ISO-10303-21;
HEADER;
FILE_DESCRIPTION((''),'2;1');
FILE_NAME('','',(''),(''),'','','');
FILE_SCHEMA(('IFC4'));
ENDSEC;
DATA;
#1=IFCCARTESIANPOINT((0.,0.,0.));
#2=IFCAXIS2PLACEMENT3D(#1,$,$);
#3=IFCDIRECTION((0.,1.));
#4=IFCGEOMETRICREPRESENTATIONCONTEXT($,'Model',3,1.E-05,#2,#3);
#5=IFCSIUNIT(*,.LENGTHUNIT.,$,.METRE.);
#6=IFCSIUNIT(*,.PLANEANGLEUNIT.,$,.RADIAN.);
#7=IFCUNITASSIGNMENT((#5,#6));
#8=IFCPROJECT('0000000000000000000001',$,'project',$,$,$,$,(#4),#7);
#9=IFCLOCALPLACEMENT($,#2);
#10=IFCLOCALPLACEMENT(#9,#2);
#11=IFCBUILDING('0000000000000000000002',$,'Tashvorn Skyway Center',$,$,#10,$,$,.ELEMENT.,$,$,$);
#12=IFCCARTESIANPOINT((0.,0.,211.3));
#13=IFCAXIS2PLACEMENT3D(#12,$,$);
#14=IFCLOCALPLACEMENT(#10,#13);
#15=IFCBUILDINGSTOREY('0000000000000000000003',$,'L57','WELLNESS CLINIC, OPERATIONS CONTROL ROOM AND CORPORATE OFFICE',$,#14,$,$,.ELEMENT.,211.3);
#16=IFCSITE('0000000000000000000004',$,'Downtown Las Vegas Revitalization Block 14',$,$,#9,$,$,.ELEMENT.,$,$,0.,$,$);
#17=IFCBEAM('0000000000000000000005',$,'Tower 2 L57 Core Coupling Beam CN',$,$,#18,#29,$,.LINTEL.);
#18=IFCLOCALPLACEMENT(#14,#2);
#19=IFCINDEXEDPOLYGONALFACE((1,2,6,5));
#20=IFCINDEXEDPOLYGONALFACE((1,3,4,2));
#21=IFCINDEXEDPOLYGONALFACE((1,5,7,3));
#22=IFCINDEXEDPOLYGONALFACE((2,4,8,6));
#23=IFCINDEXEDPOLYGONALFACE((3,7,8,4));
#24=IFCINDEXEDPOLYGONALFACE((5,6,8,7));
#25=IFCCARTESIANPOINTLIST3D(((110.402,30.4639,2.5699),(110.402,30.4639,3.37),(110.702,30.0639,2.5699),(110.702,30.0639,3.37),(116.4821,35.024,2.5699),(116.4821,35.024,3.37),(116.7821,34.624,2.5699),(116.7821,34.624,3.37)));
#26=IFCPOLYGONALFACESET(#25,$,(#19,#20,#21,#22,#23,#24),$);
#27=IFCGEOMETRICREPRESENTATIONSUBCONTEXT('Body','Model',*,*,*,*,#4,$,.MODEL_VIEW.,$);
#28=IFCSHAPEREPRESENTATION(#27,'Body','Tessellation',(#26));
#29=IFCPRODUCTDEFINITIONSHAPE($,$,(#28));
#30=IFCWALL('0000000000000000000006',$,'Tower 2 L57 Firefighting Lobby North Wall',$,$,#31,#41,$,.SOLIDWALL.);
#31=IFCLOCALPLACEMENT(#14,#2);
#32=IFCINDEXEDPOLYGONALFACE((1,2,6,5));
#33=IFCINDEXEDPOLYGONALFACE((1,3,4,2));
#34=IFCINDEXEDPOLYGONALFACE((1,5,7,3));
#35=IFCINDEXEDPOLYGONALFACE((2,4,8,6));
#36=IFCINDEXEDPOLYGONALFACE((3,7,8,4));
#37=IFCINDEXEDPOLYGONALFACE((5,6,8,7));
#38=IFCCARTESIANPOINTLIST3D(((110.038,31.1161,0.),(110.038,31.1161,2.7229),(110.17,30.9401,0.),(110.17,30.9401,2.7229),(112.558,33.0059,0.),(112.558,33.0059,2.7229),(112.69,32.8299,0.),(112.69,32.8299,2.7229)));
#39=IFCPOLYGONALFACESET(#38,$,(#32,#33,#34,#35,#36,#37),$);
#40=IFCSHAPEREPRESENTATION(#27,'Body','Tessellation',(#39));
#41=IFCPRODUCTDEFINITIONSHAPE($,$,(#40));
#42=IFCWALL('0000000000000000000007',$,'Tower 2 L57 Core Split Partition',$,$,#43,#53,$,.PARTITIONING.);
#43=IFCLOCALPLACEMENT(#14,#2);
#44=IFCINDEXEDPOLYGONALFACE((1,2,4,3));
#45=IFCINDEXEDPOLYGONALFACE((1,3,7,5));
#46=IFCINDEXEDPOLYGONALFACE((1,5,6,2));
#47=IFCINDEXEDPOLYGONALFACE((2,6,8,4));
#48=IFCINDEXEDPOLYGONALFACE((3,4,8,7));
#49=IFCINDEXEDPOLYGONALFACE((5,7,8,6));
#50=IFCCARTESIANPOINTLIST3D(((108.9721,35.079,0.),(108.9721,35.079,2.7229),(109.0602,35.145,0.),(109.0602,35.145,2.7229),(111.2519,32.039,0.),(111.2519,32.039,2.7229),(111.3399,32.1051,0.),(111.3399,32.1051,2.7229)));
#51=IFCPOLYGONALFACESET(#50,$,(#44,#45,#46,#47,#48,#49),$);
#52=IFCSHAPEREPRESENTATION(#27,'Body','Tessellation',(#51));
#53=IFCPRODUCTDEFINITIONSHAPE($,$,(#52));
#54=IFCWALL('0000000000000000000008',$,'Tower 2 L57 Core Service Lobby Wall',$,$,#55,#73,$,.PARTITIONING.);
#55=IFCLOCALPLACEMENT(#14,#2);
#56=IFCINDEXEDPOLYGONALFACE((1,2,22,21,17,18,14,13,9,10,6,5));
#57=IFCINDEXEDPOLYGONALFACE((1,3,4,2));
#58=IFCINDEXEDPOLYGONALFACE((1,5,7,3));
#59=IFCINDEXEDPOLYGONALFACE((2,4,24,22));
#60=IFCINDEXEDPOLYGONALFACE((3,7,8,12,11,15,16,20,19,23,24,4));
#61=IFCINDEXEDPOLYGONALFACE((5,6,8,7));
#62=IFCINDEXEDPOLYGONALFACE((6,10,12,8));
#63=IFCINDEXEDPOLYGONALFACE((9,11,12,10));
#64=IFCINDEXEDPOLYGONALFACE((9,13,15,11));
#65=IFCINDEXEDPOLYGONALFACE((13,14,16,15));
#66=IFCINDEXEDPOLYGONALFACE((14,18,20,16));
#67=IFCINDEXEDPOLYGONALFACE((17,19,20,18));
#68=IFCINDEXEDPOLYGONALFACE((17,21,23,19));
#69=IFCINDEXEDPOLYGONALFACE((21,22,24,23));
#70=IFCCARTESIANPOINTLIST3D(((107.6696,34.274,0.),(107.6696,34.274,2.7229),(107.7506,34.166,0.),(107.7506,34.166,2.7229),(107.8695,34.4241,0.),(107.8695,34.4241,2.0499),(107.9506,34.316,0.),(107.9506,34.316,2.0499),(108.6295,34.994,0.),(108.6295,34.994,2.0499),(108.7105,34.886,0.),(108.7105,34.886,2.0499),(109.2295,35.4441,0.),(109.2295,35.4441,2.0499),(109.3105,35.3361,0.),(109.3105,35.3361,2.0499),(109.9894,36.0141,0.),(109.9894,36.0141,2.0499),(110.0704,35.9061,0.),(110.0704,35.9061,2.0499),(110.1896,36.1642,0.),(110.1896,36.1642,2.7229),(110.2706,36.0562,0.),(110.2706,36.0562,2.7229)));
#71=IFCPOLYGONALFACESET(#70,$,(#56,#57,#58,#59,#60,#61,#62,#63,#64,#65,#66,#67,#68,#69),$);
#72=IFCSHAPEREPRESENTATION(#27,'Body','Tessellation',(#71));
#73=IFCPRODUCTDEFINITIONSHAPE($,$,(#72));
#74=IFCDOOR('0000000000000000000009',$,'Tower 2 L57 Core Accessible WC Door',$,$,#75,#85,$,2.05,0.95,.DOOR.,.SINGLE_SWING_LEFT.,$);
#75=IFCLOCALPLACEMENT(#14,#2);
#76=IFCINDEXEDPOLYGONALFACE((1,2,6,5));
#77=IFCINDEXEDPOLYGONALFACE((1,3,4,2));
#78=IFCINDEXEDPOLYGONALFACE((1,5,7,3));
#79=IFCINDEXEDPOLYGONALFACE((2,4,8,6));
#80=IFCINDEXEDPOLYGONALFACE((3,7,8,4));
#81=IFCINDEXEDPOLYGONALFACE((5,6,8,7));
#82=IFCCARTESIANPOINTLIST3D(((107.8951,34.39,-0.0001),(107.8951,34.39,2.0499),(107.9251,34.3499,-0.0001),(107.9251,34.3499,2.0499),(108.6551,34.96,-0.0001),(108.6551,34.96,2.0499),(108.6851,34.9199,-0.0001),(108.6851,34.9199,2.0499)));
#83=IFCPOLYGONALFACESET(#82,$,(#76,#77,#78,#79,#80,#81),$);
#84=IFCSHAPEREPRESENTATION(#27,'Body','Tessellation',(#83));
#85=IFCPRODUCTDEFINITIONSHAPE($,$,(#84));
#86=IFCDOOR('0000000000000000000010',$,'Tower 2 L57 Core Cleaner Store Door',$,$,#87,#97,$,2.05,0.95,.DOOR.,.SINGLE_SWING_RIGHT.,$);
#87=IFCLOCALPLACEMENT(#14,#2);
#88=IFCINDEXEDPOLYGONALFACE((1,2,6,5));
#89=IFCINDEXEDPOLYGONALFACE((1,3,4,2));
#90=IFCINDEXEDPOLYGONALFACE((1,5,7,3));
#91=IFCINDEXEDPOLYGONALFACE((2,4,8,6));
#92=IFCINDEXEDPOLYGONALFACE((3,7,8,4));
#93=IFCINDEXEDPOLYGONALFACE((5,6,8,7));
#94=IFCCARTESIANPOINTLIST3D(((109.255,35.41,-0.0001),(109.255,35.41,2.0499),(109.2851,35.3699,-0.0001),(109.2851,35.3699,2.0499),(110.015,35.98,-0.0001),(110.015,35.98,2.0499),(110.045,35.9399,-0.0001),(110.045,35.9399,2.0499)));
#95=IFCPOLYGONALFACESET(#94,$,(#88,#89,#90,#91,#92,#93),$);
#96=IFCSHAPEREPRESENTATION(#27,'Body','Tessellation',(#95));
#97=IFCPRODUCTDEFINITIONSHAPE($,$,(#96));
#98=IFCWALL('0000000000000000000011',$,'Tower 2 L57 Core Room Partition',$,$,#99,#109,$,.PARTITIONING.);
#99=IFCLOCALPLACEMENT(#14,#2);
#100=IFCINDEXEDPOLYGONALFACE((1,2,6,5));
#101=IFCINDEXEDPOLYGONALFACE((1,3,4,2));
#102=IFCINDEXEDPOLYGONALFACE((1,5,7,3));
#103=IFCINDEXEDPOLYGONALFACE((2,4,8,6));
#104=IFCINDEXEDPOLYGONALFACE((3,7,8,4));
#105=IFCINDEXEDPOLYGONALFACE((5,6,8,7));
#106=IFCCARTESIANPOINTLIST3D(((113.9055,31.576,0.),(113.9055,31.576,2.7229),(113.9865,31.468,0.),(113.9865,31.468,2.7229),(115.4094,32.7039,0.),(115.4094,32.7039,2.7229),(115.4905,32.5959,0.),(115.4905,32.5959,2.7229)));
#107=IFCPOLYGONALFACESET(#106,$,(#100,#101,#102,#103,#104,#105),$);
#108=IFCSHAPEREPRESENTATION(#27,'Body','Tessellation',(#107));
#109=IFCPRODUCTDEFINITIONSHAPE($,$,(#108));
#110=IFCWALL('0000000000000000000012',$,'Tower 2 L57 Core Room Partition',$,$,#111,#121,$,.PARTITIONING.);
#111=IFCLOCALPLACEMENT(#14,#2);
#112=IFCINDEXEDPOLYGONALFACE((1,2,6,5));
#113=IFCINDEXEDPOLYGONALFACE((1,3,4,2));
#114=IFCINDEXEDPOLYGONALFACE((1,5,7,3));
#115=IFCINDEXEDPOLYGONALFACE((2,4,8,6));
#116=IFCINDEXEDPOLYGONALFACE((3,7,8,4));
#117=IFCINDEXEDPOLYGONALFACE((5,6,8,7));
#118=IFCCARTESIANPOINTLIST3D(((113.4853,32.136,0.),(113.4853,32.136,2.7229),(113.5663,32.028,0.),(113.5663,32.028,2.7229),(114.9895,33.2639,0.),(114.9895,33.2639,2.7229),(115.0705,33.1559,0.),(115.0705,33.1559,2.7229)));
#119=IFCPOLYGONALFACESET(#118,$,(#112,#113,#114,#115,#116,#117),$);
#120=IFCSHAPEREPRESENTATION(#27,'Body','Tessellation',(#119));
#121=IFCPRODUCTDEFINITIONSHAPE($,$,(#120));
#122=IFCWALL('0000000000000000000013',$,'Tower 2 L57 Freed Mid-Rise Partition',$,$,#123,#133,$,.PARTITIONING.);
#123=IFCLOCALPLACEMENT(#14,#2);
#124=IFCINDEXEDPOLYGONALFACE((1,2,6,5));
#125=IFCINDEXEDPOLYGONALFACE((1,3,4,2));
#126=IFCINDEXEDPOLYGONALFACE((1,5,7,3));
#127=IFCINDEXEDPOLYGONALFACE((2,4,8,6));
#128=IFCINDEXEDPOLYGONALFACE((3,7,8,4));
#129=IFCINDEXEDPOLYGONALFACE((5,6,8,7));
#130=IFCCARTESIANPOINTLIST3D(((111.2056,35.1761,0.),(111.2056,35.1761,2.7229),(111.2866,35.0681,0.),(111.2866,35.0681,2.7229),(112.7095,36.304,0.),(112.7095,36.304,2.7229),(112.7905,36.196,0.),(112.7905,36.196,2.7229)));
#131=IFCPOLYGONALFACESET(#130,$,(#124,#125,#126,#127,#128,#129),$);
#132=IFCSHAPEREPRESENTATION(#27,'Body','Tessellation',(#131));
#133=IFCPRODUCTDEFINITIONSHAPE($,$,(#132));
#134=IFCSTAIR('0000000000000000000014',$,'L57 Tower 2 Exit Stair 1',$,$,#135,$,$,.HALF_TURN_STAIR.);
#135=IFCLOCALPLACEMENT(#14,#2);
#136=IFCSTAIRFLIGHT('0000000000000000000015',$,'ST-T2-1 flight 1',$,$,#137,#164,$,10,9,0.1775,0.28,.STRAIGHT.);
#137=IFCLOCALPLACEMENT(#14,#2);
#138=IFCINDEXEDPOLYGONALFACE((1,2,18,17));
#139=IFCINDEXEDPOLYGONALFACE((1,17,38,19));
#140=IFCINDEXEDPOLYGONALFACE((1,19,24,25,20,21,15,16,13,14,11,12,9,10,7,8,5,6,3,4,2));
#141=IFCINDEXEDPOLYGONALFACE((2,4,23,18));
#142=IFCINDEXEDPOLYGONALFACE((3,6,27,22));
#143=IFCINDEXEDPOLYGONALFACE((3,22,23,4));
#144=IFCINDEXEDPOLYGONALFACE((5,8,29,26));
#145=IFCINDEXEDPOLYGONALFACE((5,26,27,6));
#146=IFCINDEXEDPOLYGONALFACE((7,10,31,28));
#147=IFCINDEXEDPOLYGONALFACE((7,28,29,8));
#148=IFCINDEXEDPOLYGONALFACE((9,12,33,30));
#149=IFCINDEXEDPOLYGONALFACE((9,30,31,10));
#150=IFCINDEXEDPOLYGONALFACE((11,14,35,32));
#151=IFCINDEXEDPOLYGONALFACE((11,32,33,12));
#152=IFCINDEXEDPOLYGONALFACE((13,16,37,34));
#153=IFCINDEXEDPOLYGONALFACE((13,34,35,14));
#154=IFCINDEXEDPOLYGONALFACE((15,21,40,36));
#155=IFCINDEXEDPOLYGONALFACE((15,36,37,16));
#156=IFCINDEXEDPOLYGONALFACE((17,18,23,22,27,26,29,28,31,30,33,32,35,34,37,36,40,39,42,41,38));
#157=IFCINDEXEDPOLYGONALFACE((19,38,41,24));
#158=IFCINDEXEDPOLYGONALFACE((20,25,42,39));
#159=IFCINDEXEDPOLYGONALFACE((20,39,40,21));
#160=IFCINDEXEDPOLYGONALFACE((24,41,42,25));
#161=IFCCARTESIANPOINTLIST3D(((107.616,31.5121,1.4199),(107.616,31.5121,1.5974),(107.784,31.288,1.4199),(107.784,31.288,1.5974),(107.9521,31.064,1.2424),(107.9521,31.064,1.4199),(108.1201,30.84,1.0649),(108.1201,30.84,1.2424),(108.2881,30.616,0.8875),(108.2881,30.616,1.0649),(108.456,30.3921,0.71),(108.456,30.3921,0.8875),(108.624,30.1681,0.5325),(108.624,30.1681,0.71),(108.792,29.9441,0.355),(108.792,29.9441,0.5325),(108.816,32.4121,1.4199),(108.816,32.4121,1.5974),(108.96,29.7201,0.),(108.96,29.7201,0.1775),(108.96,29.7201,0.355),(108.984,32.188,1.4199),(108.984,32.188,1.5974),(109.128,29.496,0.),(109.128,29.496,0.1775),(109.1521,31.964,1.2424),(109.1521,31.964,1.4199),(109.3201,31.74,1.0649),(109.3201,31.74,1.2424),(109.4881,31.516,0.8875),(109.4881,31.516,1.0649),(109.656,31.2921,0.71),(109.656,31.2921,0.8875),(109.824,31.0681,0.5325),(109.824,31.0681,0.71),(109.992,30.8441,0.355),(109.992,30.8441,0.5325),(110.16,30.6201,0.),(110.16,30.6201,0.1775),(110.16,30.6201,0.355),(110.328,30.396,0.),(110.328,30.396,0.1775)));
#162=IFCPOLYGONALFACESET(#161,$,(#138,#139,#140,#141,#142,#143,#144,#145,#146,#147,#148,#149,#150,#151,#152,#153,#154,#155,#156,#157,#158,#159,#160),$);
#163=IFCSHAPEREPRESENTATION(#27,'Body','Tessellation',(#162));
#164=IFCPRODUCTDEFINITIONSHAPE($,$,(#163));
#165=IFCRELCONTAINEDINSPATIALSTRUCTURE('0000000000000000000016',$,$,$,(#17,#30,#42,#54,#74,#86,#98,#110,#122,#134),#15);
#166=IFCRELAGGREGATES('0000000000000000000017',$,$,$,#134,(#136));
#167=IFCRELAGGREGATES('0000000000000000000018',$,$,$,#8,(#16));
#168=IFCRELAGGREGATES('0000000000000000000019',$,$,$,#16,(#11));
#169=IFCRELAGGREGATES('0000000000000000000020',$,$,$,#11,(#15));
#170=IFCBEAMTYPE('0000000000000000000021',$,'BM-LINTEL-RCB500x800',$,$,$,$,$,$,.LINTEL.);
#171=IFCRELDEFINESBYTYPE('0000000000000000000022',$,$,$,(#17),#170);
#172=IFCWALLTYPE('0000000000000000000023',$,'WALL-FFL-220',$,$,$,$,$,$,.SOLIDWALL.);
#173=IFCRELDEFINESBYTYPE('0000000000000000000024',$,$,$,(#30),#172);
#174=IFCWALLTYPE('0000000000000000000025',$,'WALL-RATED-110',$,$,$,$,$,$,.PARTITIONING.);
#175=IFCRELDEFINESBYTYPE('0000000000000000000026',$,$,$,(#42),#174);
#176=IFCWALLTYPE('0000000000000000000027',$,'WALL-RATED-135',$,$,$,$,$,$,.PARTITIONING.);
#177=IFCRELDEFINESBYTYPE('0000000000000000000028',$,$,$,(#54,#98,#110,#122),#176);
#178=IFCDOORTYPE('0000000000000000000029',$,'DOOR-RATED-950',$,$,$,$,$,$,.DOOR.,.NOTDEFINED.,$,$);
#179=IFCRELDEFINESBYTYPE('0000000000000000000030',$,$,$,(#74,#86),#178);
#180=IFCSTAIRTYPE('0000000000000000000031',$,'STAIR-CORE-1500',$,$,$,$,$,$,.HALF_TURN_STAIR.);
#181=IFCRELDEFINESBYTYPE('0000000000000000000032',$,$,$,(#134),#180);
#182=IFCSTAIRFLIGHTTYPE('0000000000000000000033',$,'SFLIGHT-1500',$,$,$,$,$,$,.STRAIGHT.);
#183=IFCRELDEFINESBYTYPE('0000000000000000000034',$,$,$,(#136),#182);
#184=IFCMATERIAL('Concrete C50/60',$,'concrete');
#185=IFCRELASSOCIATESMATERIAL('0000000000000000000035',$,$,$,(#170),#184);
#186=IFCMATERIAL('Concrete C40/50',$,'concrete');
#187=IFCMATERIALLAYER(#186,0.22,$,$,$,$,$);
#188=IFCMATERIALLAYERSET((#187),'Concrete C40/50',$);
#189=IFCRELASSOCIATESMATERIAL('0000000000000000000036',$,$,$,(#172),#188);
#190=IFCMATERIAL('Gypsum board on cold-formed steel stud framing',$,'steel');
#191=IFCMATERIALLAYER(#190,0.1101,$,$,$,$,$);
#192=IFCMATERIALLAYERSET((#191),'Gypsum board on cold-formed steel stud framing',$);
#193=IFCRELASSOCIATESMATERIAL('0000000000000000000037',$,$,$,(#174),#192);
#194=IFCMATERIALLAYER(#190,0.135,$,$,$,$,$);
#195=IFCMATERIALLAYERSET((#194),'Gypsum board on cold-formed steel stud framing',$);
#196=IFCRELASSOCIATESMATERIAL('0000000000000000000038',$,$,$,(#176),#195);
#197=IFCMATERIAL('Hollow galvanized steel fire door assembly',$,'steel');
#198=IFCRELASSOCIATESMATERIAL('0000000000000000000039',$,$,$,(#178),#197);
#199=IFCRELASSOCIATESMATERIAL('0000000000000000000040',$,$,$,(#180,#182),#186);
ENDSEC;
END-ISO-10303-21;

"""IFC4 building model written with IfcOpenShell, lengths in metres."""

from ifc_helpers import new_model, si_unit, direction, frame, frame_2d, origin, origin_2d, place, context, subcontext, project, spatial, polyline, rectangle, outline, extrude, material, layer, layer_set, material_profile, profile_set, type_object, element, fill, aggregate, save


model = new_model("IFC4")

# Units and contexts
model_context = context("Model", 3, precision=1e-05, world=origin(), true_north=direction((0.0, 1.0)))
body_context = subcontext(model_context, "Body", "Model", "MODEL_VIEW")
ifc_project = project(units=[si_unit("LENGTHUNIT", "METRE"), si_unit("PLANEANGLEUNIT", "RADIAN")], contexts=[model_context])

# Site, building, storey
site_placement = place(None, origin())
site = spatial("IfcSite", under=ifc_project, at=site_placement, Name="Downtown Las Vegas Revitalization Block 14", CompositionType="ELEMENT", RefElevation=0.0)
building_placement = place(site_placement, origin())
building = spatial("IfcBuilding", under=site, at=building_placement, Name="Tashvorn Skyway Center", CompositionType="ELEMENT")
storey_placement = place(building_placement, frame((0.0, 0.0, 211.3)))
storey = spatial("IfcBuildingStorey", under=building, at=storey_placement, Name="L57", Description="WELLNESS CLINIC, OPERATIONS CONTROL ROOM AND CORPORATE OFFICE", CompositionType="ELEMENT", Elevation=211.3)

# Beam
ifc_material_1 = material(Name="Concrete C50/60", Category="concrete")
ifc_material_profile = material_profile(ifc_material_1, rectangle(XDim=0.5, YDim=0.8, at=origin_2d()), Name="RCB500x800")
ifc_profile_set = profile_set([ifc_material_profile], Name="Concrete C50/60")
beam_type = type_object("IfcBeamType", Name="BM-LINTEL-RCB500x800", PredefinedType="LINTEL", material=ifc_profile_set)
beam_placement = place(storey_placement, frame((110.552, 30.2639, 2.97), z_axis=(0.8, 0.6, 0.0), x_axis=(-0.6, 0.8, 0.0)))
element("IfcBeam", 1, at=beam_placement, inside=storey, type_object=beam_type, Name="Tower 2 L57 Core Coupling Beam CN", PredefinedType="LINTEL", context=body_context, shape_type="SweptSolid", body=[
    extrude(rectangle(XDim=0.5, YDim=0.8, at=origin_2d()), origin(), (0.0, 0.0, 1.0), 7.6001),
])

# Walls
ifc_material_2 = material(Name="Concrete C40/50", Category="concrete")
ifc_layer_1 = layer(ifc_material_2, 0.22)
ifc_layer_set_1 = layer_set([ifc_layer_1], Name="Concrete C40/50")
wall_type_1 = type_object("IfcWallType", Name="WALL-FFL-220", PredefinedType="SOLIDWALL", material=ifc_layer_set_1)
wall_1_placement = place(storey_placement, frame((110.104, 31.0281, 0.0), z_axis=(0.0, 0.0, 1.0), x_axis=(0.800019, 0.599975, 0.0)))
element("IfcWall", 2, at=wall_1_placement, inside=storey, type_object=wall_type_1, Name="Tower 2 L57 Firefighting Lobby North Wall", PredefinedType="SOLIDWALL", context=body_context, shape_type="SweptSolid", body=[
    extrude(rectangle(XDim=3.1499, YDim=0.22, at=frame_2d((1.575, 0.0))), origin(), (0.0, 0.0, 1.0), 2.7229),
])
ifc_material_3 = material(Name="Gypsum board on cold-formed steel stud framing", Category="steel")
ifc_layer_2 = layer(ifc_material_3, 0.1101)
ifc_layer_set_2 = layer_set([ifc_layer_2], Name="Gypsum board on cold-formed steel stud framing")
wall_type_2 = type_object("IfcWallType", Name="WALL-RATED-110", PredefinedType="PARTITIONING", material=ifc_layer_set_2)
wall_2_placement = place(storey_placement, frame((111.2959, 32.072, 0.0), z_axis=(0.0, 0.0, 1.0), x_axis=(-0.599959, 0.800031, 0.0)))
element("IfcWall", 3, at=wall_2_placement, inside=storey, type_object=wall_type_2, Name="Tower 2 L57 Core Split Partition", PredefinedType="PARTITIONING", context=body_context, shape_type="SweptSolid", body=[
    extrude(rectangle(XDim=3.7998, YDim=0.1101, at=frame_2d((1.8999, 0.0))), origin(), (0.0, 0.0, 1.0), 2.7229),
])

# Wall, openings, doors
ifc_layer_3 = layer(ifc_material_3, 0.135)
ifc_layer_set_3 = layer_set([ifc_layer_3], Name="Gypsum board on cold-formed steel stud framing")
wall_type_3 = type_object("IfcWallType", Name="WALL-RATED-135", PredefinedType="PARTITIONING", material=ifc_layer_set_3)
wall_3_placement = place(storey_placement, frame((107.71, 34.22, 0.0), z_axis=(0.0, 0.0, 1.0), x_axis=(0.799981, 0.600025, 0.0)))
wall_3 = element("IfcWall", 4, at=wall_3_placement, inside=storey, type_object=wall_type_3, Name="Tower 2 L57 Core Service Lobby Wall", PredefinedType="PARTITIONING", context=body_context, shape_type="SweptSolid", body=[
    extrude(rectangle(XDim=3.1501, YDim=0.135, at=frame_2d((1.5752, 0.0))), origin(), (0.0, 0.0, 1.0), 2.7229),
])
opening_1_placement = place(wall_3_placement, frame((0.25, 0.0, 0.0)))
opening_1 = element("IfcOpeningElement", 5, at=opening_1_placement, cuts=wall_3, PredefinedType="OPENING", context=body_context, shape_type="SweptSolid", body=[
    extrude(rectangle(XDim=0.95, YDim=2.05, at=frame_2d((0.4751, 1.0249))), frame((0.0, 0.0774, 0.0), z_axis=(0.0, -1.0, 0.0), x_axis=(1.0, 0.0, 0.0)), (0.0, 0.0, 1.0), 0.155),
])
opening_2_placement = place(wall_3_placement, frame((1.95, 0.0, 0.0)))
opening_2 = element("IfcOpeningElement", 6, at=opening_2_placement, cuts=wall_3, PredefinedType="OPENING", context=body_context, shape_type="SweptSolid", body=[
    extrude(rectangle(XDim=0.95, YDim=2.05, at=frame_2d((0.4751, 1.0249))), frame((0.0, 0.0774, 0.0), z_axis=(0.0, -1.0, 0.0), x_axis=(1.0, 0.0, 0.0)), (0.0, 0.0, 1.0), 0.155),
])
ifc_material_4 = material(Name="Hollow galvanized steel fire door assembly", Category="steel")
door_type = type_object("IfcDoorType", Name="DOOR-RATED-950", OperationType="NOTDEFINED", PredefinedType="DOOR", material=ifc_material_4)
door_1_placement = place(opening_1_placement, origin())
door_1 = element("IfcDoor", 7, at=door_1_placement, inside=storey, type_object=door_type, Name="Tower 2 L57 Core Accessible WC Door", OperationType="SINGLE_SWING_LEFT", OverallHeight=2.05, OverallWidth=0.95, PredefinedType="DOOR", context=body_context, shape_type="SweptSolid", body=[
    extrude(rectangle(XDim=0.95, YDim=2.05, at=frame_2d((0.4751, 1.0249))), frame((0.0, 0.0249, 0.0), z_axis=(0.0, -1.0, 0.0), x_axis=(1.0, 0.0, 0.0)), (0.0, 0.0, 1.0), 0.05),
])
fill(opening_1, door_1)
door_2_placement = place(opening_2_placement, origin())
door_2 = element("IfcDoor", 8, at=door_2_placement, inside=storey, type_object=door_type, Name="Tower 2 L57 Core Cleaner Store Door", OperationType="SINGLE_SWING_RIGHT", OverallHeight=2.05, OverallWidth=0.95, PredefinedType="DOOR", context=body_context, shape_type="SweptSolid", body=[
    extrude(rectangle(XDim=0.95, YDim=2.05, at=frame_2d((0.4751, 1.0249))), frame((0.0, 0.0249, 0.0), z_axis=(0.0, -1.0, 0.0), x_axis=(1.0, 0.0, 0.0)), (0.0, 0.0, 1.0), 0.05),
])
fill(opening_2, door_2)

# Walls
wall_4_placement = place(storey_placement, frame((113.946, 31.522, 0.0), z_axis=(0.0, 0.0, 1.0), x_axis=(0.8, 0.6, 0.0)))
element("IfcWall", 9, at=wall_4_placement, inside=storey, type_object=wall_type_3, Name="Tower 2 L57 Core Room Partition", PredefinedType="PARTITIONING", context=body_context, shape_type="SweptSolid", body=[
    extrude(rectangle(XDim=1.8799, YDim=0.135, at=frame_2d((0.9399, 0.0))), origin(), (0.0, 0.0, 1.0), 2.7229),
])
wall_5_placement = place(storey_placement, frame((113.5259, 32.082, 0.0), z_axis=(0.0, 0.0, 1.0), x_axis=(0.800047, 0.599938, 0.0)))
element("IfcWall", 10, at=wall_5_placement, inside=storey, type_object=wall_type_3, Name="Tower 2 L57 Core Room Partition", PredefinedType="PARTITIONING", context=body_context, shape_type="SweptSolid", body=[
    extrude(rectangle(XDim=1.8801, YDim=0.135, at=frame_2d((0.9399, 0.0))), origin(), (0.0, 0.0, 1.0), 2.7229),
])
wall_6_placement = place(storey_placement, frame((111.2461, 35.1221, 0.0), z_axis=(0.0, 0.0, 1.0), x_axis=(0.8, 0.6, 0.0)))
element("IfcWall", 11, at=wall_6_placement, inside=storey, type_object=wall_type_3, Name="Tower 2 L57 Freed Mid-Rise Partition", PredefinedType="PARTITIONING", context=body_context, shape_type="SweptSolid", body=[
    extrude(rectangle(XDim=1.8799, YDim=0.135, at=frame_2d((0.9399, 0.0))), origin(), (0.0, 0.0, 1.0), 2.7229),
])

# Stair, stair flight
stair_type = type_object("IfcStairType", Name="STAIR-CORE-1500", PredefinedType="HALF_TURN_STAIR", material=ifc_material_2)
stair_placement = place(storey_placement, origin())
stair = element("IfcStair", 12, at=stair_placement, inside=storey, type_object=stair_type, Name="L57 Tower 2 Exit Stair 1", PredefinedType="HALF_TURN_STAIR")
stair_flight_type = type_object("IfcStairFlightType", Name="SFLIGHT-1500", PredefinedType="STRAIGHT", material=ifc_material_2)
stair_flight_1_placement = place(storey_placement, frame((109.728, 29.946, 0.0), z_axis=(0.0, 0.0, 1.0), x_axis=(-0.6, 0.8, 0.0)))
stair_flight_1 = element("IfcStairFlight", 13, at=stair_flight_1_placement, type_object=stair_flight_type, Name="ST-T2-1 flight 1", NumberOfRisers=10, NumberOfTreads=9, PredefinedType="STRAIGHT", RiserHeight=0.1775, TreadLength=0.28, context=body_context, shape_type="SweptSolid", body=[
    extrude(outline(polyline([(0.0, 0.0), (0.0, 0.1775), (0.28, 0.1775), (0.28, 0.355), (0.5601, 0.355), (0.5601, 0.5325), (0.8401, 0.5325), (0.8401, 0.71), (1.1201, 0.71), (1.1201, 0.8875), (1.3999, 0.8875), (1.3999, 1.0649), (1.6799, 1.0649), (1.6799, 1.2424), (1.96, 1.2424), (1.96, 1.4199), (2.24, 1.4199), (2.24, 1.5974), (2.52, 1.5974), (2.52, 1.7749), (2.52, 1.4199), (0.28, 0.0), (0.0, 0.0)])), frame((0.0, 0.75, 0.0), z_axis=(0.0, -1.0, 0.0), x_axis=(1.0, 0.0, 0.0)), (0.0, 0.0, 1.0), 1.5),
])
aggregate(stair, [stair_flight_1])

save(model, "model.ifc")
